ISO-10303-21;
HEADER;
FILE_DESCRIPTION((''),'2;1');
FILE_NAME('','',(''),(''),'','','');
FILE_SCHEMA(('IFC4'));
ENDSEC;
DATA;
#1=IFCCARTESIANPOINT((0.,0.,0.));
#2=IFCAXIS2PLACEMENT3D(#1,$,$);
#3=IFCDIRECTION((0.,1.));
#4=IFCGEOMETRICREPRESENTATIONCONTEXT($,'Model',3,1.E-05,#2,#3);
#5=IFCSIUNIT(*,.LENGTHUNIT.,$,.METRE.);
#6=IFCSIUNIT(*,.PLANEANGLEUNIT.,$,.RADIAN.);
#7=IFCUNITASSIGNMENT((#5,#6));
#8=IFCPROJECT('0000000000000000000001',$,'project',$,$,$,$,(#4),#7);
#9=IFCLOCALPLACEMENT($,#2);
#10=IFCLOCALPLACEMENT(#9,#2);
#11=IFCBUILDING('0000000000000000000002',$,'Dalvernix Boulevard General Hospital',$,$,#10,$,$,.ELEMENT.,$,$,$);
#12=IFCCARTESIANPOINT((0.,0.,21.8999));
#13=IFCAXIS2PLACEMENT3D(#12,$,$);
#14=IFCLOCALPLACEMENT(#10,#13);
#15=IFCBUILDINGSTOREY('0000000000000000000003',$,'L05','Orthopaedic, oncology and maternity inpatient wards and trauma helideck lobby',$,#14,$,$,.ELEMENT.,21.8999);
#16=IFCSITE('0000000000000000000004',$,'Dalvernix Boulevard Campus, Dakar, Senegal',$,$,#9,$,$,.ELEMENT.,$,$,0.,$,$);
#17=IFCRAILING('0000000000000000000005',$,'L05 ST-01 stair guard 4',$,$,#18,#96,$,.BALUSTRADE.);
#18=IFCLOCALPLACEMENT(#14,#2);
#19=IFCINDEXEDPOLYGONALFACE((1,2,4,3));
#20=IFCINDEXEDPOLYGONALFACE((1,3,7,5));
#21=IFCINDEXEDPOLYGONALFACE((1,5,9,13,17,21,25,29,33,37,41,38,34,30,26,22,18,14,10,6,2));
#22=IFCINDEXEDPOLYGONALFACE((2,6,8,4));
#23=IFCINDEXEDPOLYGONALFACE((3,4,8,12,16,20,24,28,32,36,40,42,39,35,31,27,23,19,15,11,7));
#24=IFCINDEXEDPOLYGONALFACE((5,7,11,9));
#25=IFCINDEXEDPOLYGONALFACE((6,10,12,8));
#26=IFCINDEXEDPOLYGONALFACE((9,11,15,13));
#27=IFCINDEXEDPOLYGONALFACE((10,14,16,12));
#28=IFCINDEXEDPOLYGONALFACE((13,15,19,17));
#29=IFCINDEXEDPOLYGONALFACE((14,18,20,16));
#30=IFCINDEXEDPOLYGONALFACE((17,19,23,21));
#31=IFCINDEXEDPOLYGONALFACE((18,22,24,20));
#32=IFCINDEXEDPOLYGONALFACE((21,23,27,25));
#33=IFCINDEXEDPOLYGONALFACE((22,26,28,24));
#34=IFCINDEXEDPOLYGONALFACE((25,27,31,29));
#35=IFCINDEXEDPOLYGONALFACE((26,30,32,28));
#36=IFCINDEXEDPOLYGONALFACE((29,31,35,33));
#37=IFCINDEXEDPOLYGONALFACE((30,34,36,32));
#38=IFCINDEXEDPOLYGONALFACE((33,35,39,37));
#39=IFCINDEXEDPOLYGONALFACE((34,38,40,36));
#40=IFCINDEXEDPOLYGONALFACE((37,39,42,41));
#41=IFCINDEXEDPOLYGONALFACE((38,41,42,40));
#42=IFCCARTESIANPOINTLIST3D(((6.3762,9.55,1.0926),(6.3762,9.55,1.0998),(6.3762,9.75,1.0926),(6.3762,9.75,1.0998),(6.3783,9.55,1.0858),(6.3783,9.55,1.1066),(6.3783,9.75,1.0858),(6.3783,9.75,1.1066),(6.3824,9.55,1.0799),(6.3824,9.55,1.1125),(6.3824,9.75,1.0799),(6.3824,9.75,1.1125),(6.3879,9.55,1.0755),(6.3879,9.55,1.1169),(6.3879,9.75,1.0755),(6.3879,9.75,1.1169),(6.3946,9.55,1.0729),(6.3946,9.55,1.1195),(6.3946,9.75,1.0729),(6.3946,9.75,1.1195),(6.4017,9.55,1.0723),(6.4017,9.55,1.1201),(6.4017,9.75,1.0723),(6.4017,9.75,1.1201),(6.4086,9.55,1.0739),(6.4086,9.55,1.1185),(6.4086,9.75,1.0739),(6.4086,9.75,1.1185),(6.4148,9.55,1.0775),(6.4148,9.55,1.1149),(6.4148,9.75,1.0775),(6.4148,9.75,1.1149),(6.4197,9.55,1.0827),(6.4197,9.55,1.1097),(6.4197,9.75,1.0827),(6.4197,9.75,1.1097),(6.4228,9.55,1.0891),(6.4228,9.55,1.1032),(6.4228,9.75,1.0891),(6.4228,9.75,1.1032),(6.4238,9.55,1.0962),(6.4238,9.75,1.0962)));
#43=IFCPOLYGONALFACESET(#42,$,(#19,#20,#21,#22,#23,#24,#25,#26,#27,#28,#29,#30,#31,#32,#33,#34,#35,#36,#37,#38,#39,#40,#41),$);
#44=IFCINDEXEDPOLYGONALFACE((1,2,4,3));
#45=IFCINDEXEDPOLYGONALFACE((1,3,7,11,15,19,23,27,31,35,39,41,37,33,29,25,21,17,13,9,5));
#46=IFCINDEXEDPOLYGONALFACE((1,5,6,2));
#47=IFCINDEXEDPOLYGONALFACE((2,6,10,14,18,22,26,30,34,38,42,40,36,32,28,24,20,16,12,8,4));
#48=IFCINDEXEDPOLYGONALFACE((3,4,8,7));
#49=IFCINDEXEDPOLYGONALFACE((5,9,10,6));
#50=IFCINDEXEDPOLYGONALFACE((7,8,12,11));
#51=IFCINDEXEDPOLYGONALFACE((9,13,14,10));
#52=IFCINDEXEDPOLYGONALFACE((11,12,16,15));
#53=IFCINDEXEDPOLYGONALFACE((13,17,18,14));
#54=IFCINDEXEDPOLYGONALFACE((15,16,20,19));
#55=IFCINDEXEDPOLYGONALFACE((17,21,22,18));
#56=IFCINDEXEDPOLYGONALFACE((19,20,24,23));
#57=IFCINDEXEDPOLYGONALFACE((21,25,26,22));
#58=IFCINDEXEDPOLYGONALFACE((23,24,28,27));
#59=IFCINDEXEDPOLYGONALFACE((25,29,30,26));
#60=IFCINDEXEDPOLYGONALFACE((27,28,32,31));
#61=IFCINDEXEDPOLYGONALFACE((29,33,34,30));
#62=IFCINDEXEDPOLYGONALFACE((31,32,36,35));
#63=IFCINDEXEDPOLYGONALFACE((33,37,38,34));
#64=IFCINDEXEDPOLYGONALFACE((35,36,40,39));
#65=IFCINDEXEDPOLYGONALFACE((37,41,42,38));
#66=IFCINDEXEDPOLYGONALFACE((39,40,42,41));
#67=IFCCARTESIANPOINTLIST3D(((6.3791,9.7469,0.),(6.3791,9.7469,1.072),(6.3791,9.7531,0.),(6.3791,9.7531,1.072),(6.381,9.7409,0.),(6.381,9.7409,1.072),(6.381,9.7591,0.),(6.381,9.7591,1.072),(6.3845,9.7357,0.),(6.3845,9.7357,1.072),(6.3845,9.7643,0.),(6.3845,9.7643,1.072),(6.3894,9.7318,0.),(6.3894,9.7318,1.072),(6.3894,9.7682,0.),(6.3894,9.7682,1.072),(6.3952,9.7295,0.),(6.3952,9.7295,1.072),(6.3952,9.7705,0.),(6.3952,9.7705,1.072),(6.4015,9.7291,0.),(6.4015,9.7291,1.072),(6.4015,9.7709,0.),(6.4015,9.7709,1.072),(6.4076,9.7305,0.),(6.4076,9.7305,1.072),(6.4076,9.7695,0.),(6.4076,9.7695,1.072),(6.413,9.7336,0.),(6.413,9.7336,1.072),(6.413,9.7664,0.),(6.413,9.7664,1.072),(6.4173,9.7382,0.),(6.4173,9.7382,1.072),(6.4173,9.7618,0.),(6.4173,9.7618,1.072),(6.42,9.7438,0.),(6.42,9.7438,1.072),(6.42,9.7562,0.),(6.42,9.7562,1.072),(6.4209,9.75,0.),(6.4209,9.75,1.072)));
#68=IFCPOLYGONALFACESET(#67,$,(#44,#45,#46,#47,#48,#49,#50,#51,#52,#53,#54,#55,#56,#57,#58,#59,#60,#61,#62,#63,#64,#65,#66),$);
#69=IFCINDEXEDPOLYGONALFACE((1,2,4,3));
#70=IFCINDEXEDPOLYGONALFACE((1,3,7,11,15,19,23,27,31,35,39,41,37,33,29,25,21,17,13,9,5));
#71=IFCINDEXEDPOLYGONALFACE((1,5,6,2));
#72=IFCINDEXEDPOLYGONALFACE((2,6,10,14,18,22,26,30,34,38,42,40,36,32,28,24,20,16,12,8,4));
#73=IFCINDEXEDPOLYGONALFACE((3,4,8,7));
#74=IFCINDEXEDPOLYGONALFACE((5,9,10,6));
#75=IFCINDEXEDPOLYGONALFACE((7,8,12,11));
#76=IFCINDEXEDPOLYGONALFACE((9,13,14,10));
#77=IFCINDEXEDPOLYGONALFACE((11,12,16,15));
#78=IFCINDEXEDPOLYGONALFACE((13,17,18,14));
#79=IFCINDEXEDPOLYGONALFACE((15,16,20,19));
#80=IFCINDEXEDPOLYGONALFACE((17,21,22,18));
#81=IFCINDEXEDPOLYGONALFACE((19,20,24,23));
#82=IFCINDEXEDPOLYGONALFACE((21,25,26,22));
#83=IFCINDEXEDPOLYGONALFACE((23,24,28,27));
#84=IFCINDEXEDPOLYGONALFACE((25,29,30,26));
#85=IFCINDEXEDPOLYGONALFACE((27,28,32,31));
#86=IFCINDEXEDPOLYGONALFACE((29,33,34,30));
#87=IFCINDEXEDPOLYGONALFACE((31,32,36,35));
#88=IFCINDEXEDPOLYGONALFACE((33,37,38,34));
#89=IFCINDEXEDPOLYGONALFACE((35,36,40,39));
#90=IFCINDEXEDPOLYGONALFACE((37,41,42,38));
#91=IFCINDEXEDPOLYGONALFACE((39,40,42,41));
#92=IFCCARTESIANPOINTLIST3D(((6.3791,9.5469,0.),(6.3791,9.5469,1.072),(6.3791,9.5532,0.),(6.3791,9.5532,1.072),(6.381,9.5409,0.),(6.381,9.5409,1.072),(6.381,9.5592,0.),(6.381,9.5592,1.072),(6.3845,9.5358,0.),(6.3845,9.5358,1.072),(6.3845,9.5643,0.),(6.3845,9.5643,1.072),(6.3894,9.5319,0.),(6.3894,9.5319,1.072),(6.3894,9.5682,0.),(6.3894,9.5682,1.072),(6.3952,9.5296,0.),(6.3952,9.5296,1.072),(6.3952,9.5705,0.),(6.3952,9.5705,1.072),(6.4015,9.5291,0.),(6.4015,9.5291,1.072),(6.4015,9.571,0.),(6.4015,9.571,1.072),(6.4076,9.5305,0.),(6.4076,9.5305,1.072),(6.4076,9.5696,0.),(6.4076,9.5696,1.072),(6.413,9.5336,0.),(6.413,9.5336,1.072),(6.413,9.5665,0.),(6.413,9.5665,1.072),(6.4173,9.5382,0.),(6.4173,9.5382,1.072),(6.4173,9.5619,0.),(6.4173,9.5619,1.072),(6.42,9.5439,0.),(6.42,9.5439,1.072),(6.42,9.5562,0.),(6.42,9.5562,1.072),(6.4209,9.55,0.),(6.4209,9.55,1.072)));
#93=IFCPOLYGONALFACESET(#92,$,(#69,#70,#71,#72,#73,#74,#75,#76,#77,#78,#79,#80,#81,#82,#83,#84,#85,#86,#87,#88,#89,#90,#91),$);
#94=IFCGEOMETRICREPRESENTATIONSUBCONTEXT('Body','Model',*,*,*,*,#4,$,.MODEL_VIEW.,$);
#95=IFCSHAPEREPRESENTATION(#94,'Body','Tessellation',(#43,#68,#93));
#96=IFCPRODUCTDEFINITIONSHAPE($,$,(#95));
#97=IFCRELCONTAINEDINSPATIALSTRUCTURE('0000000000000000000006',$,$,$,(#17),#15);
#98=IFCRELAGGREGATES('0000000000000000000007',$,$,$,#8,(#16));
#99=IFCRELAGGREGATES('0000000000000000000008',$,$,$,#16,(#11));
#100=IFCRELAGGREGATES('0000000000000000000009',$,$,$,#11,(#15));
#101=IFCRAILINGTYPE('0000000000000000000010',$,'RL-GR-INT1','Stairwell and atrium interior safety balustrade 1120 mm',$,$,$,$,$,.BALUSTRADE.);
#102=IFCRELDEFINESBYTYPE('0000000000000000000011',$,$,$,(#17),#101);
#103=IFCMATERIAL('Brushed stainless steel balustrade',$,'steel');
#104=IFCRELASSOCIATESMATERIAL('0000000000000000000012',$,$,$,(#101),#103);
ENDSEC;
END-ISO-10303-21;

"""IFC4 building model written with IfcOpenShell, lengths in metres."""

from ifc_helpers import new_model, si_unit, direction, frame, origin, origin_2d, place, context, subcontext, project, spatial, circle, extrude, material, type_object, element, save


model = new_model("IFC4")

# Units and contexts
model_context = context("Model", 3, precision=1e-05, world=origin(), true_north=direction((0.0, 1.0)))
body_context = subcontext(model_context, "Body", "Model", "MODEL_VIEW")
ifc_project = project(units=[si_unit("LENGTHUNIT", "METRE"), si_unit("PLANEANGLEUNIT", "RADIAN")], contexts=[model_context])

# Site, building, storey
site_placement = place(None, origin())
site = spatial("IfcSite", under=ifc_project, at=site_placement, Name="Dalvernix Boulevard Campus, Dakar, Senegal", CompositionType="ELEMENT", RefElevation=0.0)
building_placement = place(site_placement, origin())
building = spatial("IfcBuilding", under=site, at=building_placement, Name="Dalvernix Boulevard General Hospital", CompositionType="ELEMENT")
storey_placement = place(building_placement, frame((0.0, 0.0, 21.8999)))
storey = spatial("IfcBuildingStorey", under=building, at=storey_placement, Name="L05", Description="Orthopaedic, oncology and maternity inpatient wards and trauma helideck lobby", CompositionType="ELEMENT", Elevation=21.8999)

# Railing
ifc_material_1 = material(Name="Brushed stainless steel balustrade", Category="steel")
railing_type_1 = type_object("IfcRailingType", Name="RL-GR-INT1", Description="Stairwell and atrium interior safety balustrade 1120 mm", PredefinedType="BALUSTRADE", material=ifc_material_1)
railing_1_placement = place(storey_placement, frame((6.3999, 9.75, 0.0)))
element("IfcRailing", 1, at=railing_1_placement, inside=storey, type_object=railing_type_1, Name="L05 ST-01 stair guard 4", PredefinedType="BALUSTRADE", context=body_context, shape_type="SweptSolid", body=[
    extrude(circle(Radius=0.0239, at=origin_2d()), frame((0.0, 0.0, 1.0962), z_axis=(0.0, -1.0, 0.0), x_axis=(1.0, 0.0, 0.0)), (0.0, 0.0, 1.0), 0.2),
    extrude(circle(Radius=0.021, at=origin_2d()), origin(), (0.0, 0.0, 1.0), 1.072),
    extrude(circle(Radius=0.021, at=origin_2d()), frame((0.0, -0.2, 0.0)), (0.0, 0.0, 1.0), 1.072),
])

save(model, "model.ifc")
